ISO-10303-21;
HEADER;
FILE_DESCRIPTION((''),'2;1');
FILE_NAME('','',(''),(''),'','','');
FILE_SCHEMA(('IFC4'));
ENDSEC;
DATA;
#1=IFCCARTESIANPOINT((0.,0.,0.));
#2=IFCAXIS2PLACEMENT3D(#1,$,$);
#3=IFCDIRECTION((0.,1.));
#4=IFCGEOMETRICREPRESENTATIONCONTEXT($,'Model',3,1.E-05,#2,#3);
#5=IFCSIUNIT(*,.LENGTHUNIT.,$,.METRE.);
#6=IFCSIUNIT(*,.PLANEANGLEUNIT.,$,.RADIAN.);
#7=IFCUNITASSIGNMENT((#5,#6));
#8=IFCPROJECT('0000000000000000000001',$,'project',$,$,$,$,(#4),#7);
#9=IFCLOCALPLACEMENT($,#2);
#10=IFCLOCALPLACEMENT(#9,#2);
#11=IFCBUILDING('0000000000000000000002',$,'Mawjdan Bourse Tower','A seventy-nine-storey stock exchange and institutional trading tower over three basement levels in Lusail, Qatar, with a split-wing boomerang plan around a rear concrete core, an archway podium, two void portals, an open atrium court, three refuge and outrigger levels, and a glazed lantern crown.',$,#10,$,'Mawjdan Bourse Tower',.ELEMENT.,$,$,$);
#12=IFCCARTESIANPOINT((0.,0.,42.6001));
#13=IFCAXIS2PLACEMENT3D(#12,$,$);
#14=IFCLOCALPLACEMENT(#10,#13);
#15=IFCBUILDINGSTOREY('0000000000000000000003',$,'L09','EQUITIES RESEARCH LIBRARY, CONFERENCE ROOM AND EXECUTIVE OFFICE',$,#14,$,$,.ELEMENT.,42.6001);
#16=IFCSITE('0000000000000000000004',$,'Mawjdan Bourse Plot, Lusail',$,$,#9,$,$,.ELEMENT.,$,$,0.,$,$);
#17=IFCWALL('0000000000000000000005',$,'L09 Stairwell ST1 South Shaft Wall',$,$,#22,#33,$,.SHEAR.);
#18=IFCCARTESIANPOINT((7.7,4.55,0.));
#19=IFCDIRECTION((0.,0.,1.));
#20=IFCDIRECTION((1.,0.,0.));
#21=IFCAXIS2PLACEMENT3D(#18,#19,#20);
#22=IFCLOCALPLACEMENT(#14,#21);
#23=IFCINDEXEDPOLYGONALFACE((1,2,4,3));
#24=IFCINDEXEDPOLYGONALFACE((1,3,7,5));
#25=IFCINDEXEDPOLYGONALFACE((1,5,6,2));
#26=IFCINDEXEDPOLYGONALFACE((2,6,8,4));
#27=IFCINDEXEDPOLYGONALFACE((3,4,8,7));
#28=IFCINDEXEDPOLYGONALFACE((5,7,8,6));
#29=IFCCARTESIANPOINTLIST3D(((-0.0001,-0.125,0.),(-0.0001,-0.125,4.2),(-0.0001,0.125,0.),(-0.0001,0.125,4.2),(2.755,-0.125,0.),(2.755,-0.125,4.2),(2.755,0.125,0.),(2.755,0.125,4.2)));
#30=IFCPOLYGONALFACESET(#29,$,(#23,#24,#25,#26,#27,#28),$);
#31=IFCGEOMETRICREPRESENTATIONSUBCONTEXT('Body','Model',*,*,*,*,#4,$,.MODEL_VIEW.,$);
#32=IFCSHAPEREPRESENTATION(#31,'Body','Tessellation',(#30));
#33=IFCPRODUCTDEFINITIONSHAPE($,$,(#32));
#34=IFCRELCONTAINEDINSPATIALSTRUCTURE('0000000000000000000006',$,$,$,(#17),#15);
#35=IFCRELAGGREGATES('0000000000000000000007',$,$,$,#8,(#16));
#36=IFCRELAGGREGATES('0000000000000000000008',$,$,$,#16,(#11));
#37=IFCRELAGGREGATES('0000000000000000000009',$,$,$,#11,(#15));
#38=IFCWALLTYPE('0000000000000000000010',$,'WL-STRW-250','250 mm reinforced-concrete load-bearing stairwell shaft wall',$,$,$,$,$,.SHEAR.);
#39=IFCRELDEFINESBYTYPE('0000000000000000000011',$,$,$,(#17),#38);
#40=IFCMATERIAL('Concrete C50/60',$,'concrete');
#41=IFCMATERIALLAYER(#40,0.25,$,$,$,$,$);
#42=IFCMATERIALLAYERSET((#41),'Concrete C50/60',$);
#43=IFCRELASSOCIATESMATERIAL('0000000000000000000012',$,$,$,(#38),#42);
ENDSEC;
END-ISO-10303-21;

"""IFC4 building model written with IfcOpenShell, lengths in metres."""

from ifc_helpers import new_model, si_unit, direction, frame, frame_2d, origin, place, context, subcontext, project, spatial, rectangle, extrude, material, layer, layer_set, type_object, element, save


model = new_model("IFC4")

# Units and contexts
model_context = context("Model", 3, precision=1e-05, world=origin(), true_north=direction((0.0, 1.0)))
body_context = subcontext(model_context, "Body", "Model", "MODEL_VIEW")
ifc_project = project(units=[si_unit("LENGTHUNIT", "METRE"), si_unit("PLANEANGLEUNIT", "RADIAN")], contexts=[model_context])

# Site, building, storey
site_placement = place(None, origin())
site = spatial("IfcSite", under=ifc_project, at=site_placement, Name="Mawjdan Bourse Plot, Lusail", CompositionType="ELEMENT", RefElevation=0.0)
building_placement = place(site_placement, origin())
building = spatial("IfcBuilding", under=site, at=building_placement, Name="Mawjdan Bourse Tower", Description="A seventy-nine-storey stock exchange and institutional trading tower over three basement levels in Lusail, Qatar, with a split-wing boomerang plan around a rear concrete core, an archway podium, two void portals, an open atrium court, three refuge and outrigger levels, and a glazed lantern crown.", LongName="Mawjdan Bourse Tower", CompositionType="ELEMENT")
storey_placement = place(building_placement, frame((0.0, 0.0, 42.6001)))
storey = spatial("IfcBuildingStorey", under=building, at=storey_placement, Name="L09", Description="EQUITIES RESEARCH LIBRARY, CONFERENCE ROOM AND EXECUTIVE OFFICE", CompositionType="ELEMENT", Elevation=42.6001)

# Shared definitions
ifc_material_1 = material(Name="Concrete C50/60", Category="concrete")

# Wall
ifc_layer_1 = layer(ifc_material_1, 0.25)
ifc_layer_set_1 = layer_set([ifc_layer_1], Name="Concrete C50/60")
wall_type_1 = type_object("IfcWallType", Name="WL-STRW-250", Description="250 mm reinforced-concrete load-bearing stairwell shaft wall", PredefinedType="SHEAR", material=ifc_layer_set_1)
wall_1_placement = place(storey_placement, frame((7.7, 4.55, 0.0), z_axis=(0.0, 0.0, 1.0), x_axis=(1.0, 0.0, 0.0)))
element("IfcWall", 1, at=wall_1_placement, inside=storey, type_object=wall_type_1, Name="L09 Stairwell ST1 South Shaft Wall", PredefinedType="SHEAR", context=body_context, shape_type="SweptSolid", body=[
    extrude(rectangle(XDim=2.7551, YDim=0.25, at=frame_2d((1.3774, 0.0))), origin(), (0.0, 0.0, 1.0), 4.2),
])

save(model, "model.ifc")
